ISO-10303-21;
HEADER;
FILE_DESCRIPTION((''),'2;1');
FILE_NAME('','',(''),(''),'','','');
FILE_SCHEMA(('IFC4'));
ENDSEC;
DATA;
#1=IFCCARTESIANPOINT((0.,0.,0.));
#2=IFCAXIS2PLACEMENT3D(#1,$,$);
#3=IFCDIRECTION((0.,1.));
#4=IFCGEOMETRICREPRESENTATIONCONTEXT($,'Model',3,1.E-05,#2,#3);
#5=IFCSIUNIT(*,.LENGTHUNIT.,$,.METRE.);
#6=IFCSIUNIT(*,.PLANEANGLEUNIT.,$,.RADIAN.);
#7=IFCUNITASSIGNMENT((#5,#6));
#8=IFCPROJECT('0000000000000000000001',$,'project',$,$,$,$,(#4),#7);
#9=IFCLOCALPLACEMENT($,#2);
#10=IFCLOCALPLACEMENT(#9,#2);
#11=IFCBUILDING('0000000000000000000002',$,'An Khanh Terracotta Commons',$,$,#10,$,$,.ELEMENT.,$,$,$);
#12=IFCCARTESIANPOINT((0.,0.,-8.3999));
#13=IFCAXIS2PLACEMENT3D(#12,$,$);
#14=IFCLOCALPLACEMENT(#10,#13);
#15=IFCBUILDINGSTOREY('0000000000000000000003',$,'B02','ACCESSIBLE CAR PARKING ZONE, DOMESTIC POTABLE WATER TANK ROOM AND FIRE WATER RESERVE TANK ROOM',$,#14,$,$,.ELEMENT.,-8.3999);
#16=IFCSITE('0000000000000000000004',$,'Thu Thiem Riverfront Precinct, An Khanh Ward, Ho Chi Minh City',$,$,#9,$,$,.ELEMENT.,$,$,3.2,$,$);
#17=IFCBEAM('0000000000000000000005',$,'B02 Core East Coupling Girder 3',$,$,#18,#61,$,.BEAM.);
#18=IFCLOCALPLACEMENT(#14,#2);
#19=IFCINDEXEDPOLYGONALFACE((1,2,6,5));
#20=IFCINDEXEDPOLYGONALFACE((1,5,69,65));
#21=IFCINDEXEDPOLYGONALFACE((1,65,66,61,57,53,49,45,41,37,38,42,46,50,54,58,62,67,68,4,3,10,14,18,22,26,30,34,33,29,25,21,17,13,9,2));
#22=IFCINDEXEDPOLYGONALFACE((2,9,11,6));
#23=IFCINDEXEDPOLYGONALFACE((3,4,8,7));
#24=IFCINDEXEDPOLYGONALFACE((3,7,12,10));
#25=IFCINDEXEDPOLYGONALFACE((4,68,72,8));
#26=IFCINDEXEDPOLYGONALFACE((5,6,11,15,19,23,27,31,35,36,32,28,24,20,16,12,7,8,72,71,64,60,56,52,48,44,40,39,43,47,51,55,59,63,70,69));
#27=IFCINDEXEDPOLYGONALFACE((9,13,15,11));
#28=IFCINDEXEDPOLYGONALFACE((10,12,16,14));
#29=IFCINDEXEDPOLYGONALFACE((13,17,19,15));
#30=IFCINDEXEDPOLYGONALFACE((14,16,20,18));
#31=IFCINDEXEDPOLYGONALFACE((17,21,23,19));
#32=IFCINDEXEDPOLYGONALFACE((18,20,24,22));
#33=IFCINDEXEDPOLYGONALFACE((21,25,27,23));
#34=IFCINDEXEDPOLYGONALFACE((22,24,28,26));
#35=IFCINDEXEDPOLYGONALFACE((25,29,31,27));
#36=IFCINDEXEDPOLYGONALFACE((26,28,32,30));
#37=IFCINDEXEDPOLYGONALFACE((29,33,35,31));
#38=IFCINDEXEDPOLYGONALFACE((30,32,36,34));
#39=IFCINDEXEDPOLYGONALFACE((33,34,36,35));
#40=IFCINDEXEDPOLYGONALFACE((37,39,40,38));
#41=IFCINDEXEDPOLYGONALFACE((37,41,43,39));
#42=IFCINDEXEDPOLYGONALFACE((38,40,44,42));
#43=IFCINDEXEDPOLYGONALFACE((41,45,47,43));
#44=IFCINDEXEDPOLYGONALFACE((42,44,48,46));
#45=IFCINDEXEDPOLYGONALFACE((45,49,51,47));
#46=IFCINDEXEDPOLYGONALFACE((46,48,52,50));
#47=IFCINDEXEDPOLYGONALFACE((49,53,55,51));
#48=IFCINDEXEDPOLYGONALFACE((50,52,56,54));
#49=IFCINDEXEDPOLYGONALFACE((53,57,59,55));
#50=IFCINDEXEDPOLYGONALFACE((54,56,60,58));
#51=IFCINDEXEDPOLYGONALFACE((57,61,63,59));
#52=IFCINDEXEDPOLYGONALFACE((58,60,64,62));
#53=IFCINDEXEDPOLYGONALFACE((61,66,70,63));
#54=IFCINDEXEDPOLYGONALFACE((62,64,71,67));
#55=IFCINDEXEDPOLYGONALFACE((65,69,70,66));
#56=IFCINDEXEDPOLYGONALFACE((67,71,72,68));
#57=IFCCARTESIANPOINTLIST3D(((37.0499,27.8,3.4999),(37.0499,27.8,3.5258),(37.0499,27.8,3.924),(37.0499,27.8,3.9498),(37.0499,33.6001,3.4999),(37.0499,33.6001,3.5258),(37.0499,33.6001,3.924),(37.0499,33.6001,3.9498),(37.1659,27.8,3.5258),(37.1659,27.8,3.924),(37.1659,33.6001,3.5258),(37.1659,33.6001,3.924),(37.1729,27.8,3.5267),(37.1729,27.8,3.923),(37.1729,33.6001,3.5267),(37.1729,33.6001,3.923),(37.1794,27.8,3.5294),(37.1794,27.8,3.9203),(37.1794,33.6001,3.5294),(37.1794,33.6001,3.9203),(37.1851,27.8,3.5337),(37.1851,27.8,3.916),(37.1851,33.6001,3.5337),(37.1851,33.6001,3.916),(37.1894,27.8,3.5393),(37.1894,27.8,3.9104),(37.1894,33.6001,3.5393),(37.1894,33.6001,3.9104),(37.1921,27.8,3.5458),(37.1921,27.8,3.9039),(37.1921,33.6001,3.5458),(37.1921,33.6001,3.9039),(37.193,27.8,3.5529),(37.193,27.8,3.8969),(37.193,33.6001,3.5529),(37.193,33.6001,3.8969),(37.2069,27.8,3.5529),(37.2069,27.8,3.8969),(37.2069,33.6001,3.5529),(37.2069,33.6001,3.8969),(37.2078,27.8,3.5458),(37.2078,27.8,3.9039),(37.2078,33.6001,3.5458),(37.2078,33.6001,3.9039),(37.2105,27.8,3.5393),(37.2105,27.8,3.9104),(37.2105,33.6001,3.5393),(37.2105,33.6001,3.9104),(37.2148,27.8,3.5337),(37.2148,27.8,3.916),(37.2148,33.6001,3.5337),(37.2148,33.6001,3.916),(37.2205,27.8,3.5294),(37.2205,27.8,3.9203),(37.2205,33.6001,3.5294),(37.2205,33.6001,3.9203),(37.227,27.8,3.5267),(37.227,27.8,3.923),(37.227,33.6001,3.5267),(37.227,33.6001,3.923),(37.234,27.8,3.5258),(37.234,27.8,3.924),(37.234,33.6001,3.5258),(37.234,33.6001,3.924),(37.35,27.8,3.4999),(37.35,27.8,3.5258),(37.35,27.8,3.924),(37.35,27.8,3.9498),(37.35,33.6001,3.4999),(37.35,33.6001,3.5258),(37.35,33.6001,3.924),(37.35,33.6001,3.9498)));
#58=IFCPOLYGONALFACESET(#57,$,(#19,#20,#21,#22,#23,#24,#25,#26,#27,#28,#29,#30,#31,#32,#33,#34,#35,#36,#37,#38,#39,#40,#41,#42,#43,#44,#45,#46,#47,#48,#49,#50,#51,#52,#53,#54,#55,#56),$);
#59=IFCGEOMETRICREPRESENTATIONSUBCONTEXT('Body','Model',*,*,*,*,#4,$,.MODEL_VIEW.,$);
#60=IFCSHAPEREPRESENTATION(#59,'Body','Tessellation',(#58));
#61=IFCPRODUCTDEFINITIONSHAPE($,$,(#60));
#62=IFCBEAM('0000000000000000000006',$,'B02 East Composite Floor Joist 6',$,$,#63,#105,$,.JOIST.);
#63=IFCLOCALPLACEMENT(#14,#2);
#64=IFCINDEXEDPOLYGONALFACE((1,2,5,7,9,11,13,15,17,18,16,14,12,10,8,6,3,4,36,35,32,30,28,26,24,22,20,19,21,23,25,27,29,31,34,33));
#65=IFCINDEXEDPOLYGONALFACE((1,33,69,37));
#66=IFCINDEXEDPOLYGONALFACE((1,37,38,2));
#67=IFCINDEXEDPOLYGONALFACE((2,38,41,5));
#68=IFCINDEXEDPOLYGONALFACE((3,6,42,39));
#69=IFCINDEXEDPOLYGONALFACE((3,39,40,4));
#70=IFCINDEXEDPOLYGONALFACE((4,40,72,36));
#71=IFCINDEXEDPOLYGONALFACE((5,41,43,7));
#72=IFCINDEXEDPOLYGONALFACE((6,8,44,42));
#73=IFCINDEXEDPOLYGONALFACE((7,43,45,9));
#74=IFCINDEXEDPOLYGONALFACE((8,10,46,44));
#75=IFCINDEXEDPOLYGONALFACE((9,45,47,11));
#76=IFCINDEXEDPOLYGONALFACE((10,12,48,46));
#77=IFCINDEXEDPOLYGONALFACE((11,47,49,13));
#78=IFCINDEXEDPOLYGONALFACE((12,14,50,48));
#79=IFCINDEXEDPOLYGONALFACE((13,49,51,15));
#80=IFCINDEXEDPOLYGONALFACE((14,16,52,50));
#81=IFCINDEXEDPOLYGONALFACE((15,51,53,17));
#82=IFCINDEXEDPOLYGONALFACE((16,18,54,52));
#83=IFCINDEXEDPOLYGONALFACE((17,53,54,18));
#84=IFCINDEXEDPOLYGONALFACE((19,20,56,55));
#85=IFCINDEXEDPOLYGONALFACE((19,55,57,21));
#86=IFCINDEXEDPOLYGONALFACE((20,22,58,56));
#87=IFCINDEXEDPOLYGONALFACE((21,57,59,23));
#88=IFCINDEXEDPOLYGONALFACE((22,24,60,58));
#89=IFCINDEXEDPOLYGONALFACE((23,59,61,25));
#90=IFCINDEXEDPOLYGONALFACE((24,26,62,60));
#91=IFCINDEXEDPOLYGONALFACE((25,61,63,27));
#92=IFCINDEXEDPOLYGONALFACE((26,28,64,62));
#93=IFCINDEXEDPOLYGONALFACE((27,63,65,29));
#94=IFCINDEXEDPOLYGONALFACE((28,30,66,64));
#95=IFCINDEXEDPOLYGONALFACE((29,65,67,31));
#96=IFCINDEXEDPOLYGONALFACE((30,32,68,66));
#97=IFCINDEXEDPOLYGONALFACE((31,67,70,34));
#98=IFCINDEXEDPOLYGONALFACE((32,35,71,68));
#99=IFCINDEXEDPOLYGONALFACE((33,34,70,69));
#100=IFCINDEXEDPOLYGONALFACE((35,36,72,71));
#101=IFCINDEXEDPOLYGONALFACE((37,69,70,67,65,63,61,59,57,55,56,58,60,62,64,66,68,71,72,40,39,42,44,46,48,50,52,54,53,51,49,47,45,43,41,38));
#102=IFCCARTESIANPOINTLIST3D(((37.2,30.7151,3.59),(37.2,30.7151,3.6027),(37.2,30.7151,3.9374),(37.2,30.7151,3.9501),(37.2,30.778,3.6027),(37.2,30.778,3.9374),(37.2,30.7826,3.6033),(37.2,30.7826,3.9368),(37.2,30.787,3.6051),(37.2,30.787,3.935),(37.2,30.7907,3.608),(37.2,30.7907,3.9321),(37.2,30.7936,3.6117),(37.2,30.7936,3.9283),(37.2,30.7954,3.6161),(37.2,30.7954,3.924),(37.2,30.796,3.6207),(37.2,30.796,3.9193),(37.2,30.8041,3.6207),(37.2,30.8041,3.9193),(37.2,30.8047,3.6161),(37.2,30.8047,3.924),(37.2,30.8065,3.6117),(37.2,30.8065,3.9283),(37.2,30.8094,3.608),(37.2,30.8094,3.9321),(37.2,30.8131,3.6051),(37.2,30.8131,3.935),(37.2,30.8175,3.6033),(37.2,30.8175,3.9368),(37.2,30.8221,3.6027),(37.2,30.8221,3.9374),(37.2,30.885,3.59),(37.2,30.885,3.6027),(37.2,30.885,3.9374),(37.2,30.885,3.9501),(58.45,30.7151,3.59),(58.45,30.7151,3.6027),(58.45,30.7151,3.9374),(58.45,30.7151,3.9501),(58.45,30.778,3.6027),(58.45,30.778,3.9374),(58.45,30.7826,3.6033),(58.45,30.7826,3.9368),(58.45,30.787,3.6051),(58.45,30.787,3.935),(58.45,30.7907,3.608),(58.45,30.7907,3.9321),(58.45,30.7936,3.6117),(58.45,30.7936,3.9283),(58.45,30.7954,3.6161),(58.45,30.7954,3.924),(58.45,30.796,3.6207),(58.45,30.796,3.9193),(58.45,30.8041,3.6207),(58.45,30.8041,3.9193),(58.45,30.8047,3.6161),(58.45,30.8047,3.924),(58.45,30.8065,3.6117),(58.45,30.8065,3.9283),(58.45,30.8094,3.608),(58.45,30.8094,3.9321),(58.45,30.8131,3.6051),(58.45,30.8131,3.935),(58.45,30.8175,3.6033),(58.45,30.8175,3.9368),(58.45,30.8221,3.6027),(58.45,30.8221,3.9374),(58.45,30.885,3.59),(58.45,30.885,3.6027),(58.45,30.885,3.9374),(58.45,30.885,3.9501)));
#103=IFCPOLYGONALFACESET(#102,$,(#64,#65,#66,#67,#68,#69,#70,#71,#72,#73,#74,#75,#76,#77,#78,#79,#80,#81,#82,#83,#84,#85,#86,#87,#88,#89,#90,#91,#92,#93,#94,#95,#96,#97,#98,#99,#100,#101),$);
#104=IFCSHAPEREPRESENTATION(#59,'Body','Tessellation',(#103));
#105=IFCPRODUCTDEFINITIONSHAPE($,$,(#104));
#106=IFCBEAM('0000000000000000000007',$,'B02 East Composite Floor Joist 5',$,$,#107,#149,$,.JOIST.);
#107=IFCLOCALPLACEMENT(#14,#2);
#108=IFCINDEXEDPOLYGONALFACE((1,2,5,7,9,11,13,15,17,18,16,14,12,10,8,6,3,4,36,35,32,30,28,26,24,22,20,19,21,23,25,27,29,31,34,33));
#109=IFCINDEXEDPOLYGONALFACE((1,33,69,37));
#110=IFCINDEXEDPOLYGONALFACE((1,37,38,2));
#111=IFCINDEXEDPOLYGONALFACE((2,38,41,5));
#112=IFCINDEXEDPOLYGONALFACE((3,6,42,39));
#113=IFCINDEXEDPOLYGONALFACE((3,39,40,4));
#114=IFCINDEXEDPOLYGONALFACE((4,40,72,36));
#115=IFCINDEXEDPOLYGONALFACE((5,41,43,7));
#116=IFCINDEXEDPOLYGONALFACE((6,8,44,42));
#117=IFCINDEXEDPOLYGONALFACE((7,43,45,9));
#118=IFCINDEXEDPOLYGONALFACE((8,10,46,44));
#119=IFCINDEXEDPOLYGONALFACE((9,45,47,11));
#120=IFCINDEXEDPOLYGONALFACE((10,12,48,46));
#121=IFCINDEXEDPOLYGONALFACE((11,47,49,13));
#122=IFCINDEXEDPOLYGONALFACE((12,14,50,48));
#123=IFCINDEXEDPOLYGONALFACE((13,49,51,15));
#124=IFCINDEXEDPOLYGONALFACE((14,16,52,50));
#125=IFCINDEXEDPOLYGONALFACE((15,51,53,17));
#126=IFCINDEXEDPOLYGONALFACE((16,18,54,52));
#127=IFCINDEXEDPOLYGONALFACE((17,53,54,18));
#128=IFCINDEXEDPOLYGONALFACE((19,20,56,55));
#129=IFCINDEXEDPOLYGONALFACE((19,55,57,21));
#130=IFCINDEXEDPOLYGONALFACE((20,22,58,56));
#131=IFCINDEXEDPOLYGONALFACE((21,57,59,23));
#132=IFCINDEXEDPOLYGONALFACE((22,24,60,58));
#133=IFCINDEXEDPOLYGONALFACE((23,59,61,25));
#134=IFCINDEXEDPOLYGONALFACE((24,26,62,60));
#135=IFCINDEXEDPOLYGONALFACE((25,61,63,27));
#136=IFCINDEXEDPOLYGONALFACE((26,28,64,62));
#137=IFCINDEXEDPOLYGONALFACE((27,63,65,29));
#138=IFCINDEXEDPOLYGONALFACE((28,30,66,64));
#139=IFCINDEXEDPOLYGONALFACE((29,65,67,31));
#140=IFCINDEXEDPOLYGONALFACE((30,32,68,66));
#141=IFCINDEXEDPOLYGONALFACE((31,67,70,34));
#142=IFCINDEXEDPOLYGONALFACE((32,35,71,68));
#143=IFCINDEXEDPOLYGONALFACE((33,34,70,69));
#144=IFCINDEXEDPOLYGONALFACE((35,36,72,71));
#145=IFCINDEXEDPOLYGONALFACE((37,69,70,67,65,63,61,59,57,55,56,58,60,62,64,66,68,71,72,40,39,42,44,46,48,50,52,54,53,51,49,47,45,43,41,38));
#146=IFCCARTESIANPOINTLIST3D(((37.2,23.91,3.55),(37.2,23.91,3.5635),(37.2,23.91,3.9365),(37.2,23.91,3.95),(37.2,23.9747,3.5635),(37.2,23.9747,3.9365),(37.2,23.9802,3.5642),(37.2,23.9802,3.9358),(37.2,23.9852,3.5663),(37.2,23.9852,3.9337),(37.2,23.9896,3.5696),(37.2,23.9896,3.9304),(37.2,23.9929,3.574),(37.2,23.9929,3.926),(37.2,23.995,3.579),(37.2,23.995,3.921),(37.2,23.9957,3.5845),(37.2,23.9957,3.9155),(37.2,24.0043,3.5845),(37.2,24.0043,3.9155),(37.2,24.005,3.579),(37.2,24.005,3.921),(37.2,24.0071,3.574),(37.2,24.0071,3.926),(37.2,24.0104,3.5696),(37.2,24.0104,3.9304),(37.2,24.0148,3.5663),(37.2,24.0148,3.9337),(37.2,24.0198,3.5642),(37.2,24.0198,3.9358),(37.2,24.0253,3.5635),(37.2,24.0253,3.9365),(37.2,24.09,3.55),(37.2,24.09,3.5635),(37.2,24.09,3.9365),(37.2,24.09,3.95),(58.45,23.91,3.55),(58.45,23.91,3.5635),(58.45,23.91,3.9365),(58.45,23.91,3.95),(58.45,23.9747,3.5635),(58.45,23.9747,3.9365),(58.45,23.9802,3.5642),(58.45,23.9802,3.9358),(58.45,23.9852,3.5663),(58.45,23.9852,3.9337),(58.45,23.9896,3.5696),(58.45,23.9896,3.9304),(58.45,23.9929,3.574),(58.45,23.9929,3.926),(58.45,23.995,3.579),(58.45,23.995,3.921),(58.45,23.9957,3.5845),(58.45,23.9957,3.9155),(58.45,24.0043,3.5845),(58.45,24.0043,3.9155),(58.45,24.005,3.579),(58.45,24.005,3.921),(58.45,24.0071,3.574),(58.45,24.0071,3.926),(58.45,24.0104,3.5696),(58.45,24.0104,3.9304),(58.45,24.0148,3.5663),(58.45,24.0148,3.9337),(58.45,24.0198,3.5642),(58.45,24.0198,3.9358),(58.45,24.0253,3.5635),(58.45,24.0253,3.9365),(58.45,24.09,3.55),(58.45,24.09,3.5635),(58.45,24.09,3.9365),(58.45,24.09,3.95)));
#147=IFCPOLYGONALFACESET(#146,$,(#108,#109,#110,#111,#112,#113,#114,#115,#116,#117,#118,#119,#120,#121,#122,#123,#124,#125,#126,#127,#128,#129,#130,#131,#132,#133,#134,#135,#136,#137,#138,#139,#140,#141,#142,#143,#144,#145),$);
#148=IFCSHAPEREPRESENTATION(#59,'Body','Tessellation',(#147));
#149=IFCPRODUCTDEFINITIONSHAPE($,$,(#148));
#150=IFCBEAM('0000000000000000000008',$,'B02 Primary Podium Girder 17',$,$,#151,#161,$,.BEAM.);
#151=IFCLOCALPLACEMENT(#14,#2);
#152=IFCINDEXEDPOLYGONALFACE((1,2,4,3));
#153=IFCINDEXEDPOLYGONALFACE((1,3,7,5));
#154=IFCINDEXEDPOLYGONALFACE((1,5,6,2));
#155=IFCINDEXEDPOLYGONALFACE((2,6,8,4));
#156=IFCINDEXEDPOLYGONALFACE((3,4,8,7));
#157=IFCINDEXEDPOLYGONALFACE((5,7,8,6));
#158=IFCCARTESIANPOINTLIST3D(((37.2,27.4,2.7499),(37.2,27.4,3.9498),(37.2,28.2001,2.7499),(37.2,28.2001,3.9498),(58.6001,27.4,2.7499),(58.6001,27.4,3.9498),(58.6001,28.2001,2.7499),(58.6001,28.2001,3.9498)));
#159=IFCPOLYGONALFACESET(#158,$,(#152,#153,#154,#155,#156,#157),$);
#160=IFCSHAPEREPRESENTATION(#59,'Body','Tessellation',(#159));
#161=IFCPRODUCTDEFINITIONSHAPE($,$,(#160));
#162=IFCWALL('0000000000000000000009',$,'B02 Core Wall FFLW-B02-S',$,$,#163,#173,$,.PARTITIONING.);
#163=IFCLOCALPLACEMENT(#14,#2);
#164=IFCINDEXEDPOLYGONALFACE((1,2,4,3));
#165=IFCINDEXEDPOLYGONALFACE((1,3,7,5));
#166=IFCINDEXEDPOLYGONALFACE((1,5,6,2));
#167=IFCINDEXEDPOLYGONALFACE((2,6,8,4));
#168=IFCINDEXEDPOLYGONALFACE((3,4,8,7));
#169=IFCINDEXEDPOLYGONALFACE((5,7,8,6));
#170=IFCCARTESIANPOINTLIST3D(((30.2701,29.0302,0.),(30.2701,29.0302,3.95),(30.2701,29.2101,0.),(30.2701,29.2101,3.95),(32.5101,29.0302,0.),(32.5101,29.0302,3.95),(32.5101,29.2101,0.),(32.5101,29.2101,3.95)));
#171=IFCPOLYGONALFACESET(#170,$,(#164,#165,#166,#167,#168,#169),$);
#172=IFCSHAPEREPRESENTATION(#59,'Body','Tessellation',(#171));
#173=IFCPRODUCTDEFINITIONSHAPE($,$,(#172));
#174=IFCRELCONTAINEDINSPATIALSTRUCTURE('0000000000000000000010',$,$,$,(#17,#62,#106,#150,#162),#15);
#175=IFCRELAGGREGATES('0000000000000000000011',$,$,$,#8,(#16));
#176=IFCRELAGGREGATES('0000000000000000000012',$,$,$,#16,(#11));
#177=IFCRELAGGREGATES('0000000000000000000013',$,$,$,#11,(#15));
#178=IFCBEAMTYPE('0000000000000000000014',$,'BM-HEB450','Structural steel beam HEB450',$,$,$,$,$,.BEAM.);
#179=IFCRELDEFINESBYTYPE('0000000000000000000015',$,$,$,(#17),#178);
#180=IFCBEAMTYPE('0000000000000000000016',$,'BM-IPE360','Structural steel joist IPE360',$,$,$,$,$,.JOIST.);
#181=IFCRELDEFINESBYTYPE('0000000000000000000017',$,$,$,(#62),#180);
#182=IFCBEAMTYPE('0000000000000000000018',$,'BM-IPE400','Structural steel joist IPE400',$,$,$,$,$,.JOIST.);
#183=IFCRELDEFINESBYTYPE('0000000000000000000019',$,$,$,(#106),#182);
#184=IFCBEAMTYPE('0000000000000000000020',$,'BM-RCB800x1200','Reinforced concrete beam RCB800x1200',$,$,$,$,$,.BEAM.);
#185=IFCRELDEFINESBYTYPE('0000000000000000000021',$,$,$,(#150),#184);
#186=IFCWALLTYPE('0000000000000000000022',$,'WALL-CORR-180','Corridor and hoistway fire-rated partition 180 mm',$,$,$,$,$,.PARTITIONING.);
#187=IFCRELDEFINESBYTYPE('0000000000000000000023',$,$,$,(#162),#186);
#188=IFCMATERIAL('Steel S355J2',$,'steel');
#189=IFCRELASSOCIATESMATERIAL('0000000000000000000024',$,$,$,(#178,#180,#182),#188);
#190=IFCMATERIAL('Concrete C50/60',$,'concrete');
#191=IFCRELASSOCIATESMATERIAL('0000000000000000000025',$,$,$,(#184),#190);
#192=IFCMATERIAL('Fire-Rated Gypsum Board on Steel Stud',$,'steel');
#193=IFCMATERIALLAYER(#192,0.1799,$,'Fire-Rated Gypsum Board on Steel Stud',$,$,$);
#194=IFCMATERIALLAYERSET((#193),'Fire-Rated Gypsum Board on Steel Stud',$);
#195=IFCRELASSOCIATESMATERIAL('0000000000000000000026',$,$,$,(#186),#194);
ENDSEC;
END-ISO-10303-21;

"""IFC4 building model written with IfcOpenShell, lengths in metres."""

from ifc_helpers import new_model, si_unit, direction, frame, frame_2d, origin, origin_2d, place, context, subcontext, project, spatial, rectangle, i_section, extrude, material, layer, layer_set, material_profile, profile_set, type_object, element, save


model = new_model("IFC4")

# Units and contexts
model_context = context("Model", 3, precision=1e-05, world=origin(), true_north=direction((0.0, 1.0)))
body_context = subcontext(model_context, "Body", "Model", "MODEL_VIEW")
ifc_project = project(units=[si_unit("LENGTHUNIT", "METRE"), si_unit("PLANEANGLEUNIT", "RADIAN")], contexts=[model_context])

# Site, building, storey
site_placement = place(None, origin())
site = spatial("IfcSite", under=ifc_project, at=site_placement, Name="Thu Thiem Riverfront Precinct, An Khanh Ward, Ho Chi Minh City", CompositionType="ELEMENT", RefElevation=3.2)
building_placement = place(site_placement, origin())
building = spatial("IfcBuilding", under=site, at=building_placement, Name="An Khanh Terracotta Commons", CompositionType="ELEMENT")
storey_placement = place(building_placement, frame((0.0, 0.0, -8.3999)))
storey = spatial("IfcBuildingStorey", under=building, at=storey_placement, Name="B02", Description="ACCESSIBLE CAR PARKING ZONE, DOMESTIC POTABLE WATER TANK ROOM AND FIRE WATER RESERVE TANK ROOM", CompositionType="ELEMENT", Elevation=-8.3999)

# Shared definitions
ifc_material_1 = material(Name="Concrete C50/60", Category="concrete")

# Beams
ifc_material_2 = material(Name="Steel S355J2", Category="steel")
ifc_material_profile_1 = material_profile(ifc_material_2, i_section(OverallWidth=0.3, OverallDepth=0.45, WebThickness=0.0139, FlangeThickness=0.0259, FilletRadius=0.0271, at=origin_2d()), Name="HEB450")
ifc_profile_set_1 = profile_set([ifc_material_profile_1], Name="Steel S355J2")
beam_type_1 = type_object("IfcBeamType", Name="BM-HEB450", Description="Structural steel beam HEB450", PredefinedType="BEAM", material=ifc_profile_set_1)
beam_1_placement = place(storey_placement, frame((37.2, 27.8, 3.7249), z_axis=(0.0, 1.0, 0.0), x_axis=(-1.0, 0.0, 0.0)))
element("IfcBeam", 1, at=beam_1_placement, inside=storey, type_object=beam_type_1, Name="B02 Core East Coupling Girder 3", PredefinedType="BEAM", context=body_context, shape_type="SweptSolid", body=[
    extrude(i_section(OverallWidth=0.3, OverallDepth=0.45, WebThickness=0.0139, FlangeThickness=0.0259, FilletRadius=0.0271, at=origin_2d()), origin(), (0.0, 0.0, 1.0), 5.8),
])
ifc_material_profile_2 = material_profile(ifc_material_2, i_section(OverallWidth=0.1699, OverallDepth=0.3601, WebThickness=0.0081, FlangeThickness=0.0127, FilletRadius=0.0181, at=origin_2d()), Name="IPE360")
ifc_profile_set_2 = profile_set([ifc_material_profile_2], Name="Steel S355J2")
beam_type_2 = type_object("IfcBeamType", Name="BM-IPE360", Description="Structural steel joist IPE360", PredefinedType="JOIST", material=ifc_profile_set_2)
beam_2_placement = place(storey_placement, frame((37.2, 30.8, 3.77), z_axis=(1.0, 0.0, 0.0), x_axis=(0.0, 1.0, 0.0)))
element("IfcBeam", 2, at=beam_2_placement, inside=storey, type_object=beam_type_2, Name="B02 East Composite Floor Joist 6", PredefinedType="JOIST", context=body_context, shape_type="SweptSolid", body=[
    extrude(i_section(OverallWidth=0.1699, OverallDepth=0.3601, WebThickness=0.0081, FlangeThickness=0.0127, FilletRadius=0.0181, at=origin_2d()), origin(), (0.0, 0.0, 1.0), 21.25),
])
ifc_material_profile_3 = material_profile(ifc_material_2, i_section(OverallWidth=0.1799, OverallDepth=0.3999, WebThickness=0.0085, FlangeThickness=0.0134, FilletRadius=0.021, at=origin_2d()), Name="IPE400")
ifc_profile_set_3 = profile_set([ifc_material_profile_3], Name="Steel S355J2")
beam_type_3 = type_object("IfcBeamType", Name="BM-IPE400", Description="Structural steel joist IPE400", PredefinedType="JOIST", material=ifc_profile_set_3)
beam_3_placement = place(storey_placement, frame((37.2, 24.0, 3.75), z_axis=(1.0, 0.0, 0.0), x_axis=(0.0, 1.0, 0.0)))
element("IfcBeam", 3, at=beam_3_placement, inside=storey, type_object=beam_type_3, Name="B02 East Composite Floor Joist 5", PredefinedType="JOIST", context=body_context, shape_type="SweptSolid", body=[
    extrude(i_section(OverallWidth=0.1799, OverallDepth=0.3999, WebThickness=0.0085, FlangeThickness=0.0134, FilletRadius=0.021, at=origin_2d()), origin(), (0.0, 0.0, 1.0), 21.25),
])
ifc_material_profile_4 = material_profile(ifc_material_1, rectangle(XDim=0.8, YDim=1.2, at=origin_2d()), Name="RCB800x1200")
ifc_profile_set_4 = profile_set([ifc_material_profile_4], Name="Concrete C50/60")
beam_type_4 = type_object("IfcBeamType", Name="BM-RCB800x1200", Description="Reinforced concrete beam RCB800x1200", PredefinedType="BEAM", material=ifc_profile_set_4)
beam_4_placement = place(storey_placement, frame((37.2, 27.8, 3.3499), z_axis=(1.0, 0.0, 0.0), x_axis=(0.0, 1.0, 0.0)))
element("IfcBeam", 4, at=beam_4_placement, inside=storey, type_object=beam_type_4, Name="B02 Primary Podium Girder 17", PredefinedType="BEAM", context=body_context, shape_type="SweptSolid", body=[
    extrude(rectangle(XDim=0.8, YDim=1.2, at=origin_2d()), origin(), (0.0, 0.0, 1.0), 21.4001),
])

# Wall
ifc_material_3 = material(Name="Fire-Rated Gypsum Board on Steel Stud", Category="steel")
ifc_layer_1 = layer(ifc_material_3, 0.1799, Name="Fire-Rated Gypsum Board on Steel Stud")
ifc_layer_set_1 = layer_set([ifc_layer_1], Name="Fire-Rated Gypsum Board on Steel Stud")
wall_type_1 = type_object("IfcWallType", Name="WALL-CORR-180", Description="Corridor and hoistway fire-rated partition 180 mm", PredefinedType="PARTITIONING", material=ifc_layer_set_1)
wall_1_placement = place(storey_placement, frame((30.27, 29.1201, 0.0), z_axis=(0.0, 0.0, 1.0), x_axis=(1.0, 0.0, 0.0)))
element("IfcWall", 5, at=wall_1_placement, inside=storey, type_object=wall_type_1, Name="B02 Core Wall FFLW-B02-S", PredefinedType="PARTITIONING", context=body_context, shape_type="SweptSolid", body=[
    extrude(rectangle(XDim=2.24, YDim=0.1799, at=frame_2d((1.1201, 0.0))), origin(), (0.0, 0.0, 1.0), 3.95),
])

save(model, "model.ifc")
